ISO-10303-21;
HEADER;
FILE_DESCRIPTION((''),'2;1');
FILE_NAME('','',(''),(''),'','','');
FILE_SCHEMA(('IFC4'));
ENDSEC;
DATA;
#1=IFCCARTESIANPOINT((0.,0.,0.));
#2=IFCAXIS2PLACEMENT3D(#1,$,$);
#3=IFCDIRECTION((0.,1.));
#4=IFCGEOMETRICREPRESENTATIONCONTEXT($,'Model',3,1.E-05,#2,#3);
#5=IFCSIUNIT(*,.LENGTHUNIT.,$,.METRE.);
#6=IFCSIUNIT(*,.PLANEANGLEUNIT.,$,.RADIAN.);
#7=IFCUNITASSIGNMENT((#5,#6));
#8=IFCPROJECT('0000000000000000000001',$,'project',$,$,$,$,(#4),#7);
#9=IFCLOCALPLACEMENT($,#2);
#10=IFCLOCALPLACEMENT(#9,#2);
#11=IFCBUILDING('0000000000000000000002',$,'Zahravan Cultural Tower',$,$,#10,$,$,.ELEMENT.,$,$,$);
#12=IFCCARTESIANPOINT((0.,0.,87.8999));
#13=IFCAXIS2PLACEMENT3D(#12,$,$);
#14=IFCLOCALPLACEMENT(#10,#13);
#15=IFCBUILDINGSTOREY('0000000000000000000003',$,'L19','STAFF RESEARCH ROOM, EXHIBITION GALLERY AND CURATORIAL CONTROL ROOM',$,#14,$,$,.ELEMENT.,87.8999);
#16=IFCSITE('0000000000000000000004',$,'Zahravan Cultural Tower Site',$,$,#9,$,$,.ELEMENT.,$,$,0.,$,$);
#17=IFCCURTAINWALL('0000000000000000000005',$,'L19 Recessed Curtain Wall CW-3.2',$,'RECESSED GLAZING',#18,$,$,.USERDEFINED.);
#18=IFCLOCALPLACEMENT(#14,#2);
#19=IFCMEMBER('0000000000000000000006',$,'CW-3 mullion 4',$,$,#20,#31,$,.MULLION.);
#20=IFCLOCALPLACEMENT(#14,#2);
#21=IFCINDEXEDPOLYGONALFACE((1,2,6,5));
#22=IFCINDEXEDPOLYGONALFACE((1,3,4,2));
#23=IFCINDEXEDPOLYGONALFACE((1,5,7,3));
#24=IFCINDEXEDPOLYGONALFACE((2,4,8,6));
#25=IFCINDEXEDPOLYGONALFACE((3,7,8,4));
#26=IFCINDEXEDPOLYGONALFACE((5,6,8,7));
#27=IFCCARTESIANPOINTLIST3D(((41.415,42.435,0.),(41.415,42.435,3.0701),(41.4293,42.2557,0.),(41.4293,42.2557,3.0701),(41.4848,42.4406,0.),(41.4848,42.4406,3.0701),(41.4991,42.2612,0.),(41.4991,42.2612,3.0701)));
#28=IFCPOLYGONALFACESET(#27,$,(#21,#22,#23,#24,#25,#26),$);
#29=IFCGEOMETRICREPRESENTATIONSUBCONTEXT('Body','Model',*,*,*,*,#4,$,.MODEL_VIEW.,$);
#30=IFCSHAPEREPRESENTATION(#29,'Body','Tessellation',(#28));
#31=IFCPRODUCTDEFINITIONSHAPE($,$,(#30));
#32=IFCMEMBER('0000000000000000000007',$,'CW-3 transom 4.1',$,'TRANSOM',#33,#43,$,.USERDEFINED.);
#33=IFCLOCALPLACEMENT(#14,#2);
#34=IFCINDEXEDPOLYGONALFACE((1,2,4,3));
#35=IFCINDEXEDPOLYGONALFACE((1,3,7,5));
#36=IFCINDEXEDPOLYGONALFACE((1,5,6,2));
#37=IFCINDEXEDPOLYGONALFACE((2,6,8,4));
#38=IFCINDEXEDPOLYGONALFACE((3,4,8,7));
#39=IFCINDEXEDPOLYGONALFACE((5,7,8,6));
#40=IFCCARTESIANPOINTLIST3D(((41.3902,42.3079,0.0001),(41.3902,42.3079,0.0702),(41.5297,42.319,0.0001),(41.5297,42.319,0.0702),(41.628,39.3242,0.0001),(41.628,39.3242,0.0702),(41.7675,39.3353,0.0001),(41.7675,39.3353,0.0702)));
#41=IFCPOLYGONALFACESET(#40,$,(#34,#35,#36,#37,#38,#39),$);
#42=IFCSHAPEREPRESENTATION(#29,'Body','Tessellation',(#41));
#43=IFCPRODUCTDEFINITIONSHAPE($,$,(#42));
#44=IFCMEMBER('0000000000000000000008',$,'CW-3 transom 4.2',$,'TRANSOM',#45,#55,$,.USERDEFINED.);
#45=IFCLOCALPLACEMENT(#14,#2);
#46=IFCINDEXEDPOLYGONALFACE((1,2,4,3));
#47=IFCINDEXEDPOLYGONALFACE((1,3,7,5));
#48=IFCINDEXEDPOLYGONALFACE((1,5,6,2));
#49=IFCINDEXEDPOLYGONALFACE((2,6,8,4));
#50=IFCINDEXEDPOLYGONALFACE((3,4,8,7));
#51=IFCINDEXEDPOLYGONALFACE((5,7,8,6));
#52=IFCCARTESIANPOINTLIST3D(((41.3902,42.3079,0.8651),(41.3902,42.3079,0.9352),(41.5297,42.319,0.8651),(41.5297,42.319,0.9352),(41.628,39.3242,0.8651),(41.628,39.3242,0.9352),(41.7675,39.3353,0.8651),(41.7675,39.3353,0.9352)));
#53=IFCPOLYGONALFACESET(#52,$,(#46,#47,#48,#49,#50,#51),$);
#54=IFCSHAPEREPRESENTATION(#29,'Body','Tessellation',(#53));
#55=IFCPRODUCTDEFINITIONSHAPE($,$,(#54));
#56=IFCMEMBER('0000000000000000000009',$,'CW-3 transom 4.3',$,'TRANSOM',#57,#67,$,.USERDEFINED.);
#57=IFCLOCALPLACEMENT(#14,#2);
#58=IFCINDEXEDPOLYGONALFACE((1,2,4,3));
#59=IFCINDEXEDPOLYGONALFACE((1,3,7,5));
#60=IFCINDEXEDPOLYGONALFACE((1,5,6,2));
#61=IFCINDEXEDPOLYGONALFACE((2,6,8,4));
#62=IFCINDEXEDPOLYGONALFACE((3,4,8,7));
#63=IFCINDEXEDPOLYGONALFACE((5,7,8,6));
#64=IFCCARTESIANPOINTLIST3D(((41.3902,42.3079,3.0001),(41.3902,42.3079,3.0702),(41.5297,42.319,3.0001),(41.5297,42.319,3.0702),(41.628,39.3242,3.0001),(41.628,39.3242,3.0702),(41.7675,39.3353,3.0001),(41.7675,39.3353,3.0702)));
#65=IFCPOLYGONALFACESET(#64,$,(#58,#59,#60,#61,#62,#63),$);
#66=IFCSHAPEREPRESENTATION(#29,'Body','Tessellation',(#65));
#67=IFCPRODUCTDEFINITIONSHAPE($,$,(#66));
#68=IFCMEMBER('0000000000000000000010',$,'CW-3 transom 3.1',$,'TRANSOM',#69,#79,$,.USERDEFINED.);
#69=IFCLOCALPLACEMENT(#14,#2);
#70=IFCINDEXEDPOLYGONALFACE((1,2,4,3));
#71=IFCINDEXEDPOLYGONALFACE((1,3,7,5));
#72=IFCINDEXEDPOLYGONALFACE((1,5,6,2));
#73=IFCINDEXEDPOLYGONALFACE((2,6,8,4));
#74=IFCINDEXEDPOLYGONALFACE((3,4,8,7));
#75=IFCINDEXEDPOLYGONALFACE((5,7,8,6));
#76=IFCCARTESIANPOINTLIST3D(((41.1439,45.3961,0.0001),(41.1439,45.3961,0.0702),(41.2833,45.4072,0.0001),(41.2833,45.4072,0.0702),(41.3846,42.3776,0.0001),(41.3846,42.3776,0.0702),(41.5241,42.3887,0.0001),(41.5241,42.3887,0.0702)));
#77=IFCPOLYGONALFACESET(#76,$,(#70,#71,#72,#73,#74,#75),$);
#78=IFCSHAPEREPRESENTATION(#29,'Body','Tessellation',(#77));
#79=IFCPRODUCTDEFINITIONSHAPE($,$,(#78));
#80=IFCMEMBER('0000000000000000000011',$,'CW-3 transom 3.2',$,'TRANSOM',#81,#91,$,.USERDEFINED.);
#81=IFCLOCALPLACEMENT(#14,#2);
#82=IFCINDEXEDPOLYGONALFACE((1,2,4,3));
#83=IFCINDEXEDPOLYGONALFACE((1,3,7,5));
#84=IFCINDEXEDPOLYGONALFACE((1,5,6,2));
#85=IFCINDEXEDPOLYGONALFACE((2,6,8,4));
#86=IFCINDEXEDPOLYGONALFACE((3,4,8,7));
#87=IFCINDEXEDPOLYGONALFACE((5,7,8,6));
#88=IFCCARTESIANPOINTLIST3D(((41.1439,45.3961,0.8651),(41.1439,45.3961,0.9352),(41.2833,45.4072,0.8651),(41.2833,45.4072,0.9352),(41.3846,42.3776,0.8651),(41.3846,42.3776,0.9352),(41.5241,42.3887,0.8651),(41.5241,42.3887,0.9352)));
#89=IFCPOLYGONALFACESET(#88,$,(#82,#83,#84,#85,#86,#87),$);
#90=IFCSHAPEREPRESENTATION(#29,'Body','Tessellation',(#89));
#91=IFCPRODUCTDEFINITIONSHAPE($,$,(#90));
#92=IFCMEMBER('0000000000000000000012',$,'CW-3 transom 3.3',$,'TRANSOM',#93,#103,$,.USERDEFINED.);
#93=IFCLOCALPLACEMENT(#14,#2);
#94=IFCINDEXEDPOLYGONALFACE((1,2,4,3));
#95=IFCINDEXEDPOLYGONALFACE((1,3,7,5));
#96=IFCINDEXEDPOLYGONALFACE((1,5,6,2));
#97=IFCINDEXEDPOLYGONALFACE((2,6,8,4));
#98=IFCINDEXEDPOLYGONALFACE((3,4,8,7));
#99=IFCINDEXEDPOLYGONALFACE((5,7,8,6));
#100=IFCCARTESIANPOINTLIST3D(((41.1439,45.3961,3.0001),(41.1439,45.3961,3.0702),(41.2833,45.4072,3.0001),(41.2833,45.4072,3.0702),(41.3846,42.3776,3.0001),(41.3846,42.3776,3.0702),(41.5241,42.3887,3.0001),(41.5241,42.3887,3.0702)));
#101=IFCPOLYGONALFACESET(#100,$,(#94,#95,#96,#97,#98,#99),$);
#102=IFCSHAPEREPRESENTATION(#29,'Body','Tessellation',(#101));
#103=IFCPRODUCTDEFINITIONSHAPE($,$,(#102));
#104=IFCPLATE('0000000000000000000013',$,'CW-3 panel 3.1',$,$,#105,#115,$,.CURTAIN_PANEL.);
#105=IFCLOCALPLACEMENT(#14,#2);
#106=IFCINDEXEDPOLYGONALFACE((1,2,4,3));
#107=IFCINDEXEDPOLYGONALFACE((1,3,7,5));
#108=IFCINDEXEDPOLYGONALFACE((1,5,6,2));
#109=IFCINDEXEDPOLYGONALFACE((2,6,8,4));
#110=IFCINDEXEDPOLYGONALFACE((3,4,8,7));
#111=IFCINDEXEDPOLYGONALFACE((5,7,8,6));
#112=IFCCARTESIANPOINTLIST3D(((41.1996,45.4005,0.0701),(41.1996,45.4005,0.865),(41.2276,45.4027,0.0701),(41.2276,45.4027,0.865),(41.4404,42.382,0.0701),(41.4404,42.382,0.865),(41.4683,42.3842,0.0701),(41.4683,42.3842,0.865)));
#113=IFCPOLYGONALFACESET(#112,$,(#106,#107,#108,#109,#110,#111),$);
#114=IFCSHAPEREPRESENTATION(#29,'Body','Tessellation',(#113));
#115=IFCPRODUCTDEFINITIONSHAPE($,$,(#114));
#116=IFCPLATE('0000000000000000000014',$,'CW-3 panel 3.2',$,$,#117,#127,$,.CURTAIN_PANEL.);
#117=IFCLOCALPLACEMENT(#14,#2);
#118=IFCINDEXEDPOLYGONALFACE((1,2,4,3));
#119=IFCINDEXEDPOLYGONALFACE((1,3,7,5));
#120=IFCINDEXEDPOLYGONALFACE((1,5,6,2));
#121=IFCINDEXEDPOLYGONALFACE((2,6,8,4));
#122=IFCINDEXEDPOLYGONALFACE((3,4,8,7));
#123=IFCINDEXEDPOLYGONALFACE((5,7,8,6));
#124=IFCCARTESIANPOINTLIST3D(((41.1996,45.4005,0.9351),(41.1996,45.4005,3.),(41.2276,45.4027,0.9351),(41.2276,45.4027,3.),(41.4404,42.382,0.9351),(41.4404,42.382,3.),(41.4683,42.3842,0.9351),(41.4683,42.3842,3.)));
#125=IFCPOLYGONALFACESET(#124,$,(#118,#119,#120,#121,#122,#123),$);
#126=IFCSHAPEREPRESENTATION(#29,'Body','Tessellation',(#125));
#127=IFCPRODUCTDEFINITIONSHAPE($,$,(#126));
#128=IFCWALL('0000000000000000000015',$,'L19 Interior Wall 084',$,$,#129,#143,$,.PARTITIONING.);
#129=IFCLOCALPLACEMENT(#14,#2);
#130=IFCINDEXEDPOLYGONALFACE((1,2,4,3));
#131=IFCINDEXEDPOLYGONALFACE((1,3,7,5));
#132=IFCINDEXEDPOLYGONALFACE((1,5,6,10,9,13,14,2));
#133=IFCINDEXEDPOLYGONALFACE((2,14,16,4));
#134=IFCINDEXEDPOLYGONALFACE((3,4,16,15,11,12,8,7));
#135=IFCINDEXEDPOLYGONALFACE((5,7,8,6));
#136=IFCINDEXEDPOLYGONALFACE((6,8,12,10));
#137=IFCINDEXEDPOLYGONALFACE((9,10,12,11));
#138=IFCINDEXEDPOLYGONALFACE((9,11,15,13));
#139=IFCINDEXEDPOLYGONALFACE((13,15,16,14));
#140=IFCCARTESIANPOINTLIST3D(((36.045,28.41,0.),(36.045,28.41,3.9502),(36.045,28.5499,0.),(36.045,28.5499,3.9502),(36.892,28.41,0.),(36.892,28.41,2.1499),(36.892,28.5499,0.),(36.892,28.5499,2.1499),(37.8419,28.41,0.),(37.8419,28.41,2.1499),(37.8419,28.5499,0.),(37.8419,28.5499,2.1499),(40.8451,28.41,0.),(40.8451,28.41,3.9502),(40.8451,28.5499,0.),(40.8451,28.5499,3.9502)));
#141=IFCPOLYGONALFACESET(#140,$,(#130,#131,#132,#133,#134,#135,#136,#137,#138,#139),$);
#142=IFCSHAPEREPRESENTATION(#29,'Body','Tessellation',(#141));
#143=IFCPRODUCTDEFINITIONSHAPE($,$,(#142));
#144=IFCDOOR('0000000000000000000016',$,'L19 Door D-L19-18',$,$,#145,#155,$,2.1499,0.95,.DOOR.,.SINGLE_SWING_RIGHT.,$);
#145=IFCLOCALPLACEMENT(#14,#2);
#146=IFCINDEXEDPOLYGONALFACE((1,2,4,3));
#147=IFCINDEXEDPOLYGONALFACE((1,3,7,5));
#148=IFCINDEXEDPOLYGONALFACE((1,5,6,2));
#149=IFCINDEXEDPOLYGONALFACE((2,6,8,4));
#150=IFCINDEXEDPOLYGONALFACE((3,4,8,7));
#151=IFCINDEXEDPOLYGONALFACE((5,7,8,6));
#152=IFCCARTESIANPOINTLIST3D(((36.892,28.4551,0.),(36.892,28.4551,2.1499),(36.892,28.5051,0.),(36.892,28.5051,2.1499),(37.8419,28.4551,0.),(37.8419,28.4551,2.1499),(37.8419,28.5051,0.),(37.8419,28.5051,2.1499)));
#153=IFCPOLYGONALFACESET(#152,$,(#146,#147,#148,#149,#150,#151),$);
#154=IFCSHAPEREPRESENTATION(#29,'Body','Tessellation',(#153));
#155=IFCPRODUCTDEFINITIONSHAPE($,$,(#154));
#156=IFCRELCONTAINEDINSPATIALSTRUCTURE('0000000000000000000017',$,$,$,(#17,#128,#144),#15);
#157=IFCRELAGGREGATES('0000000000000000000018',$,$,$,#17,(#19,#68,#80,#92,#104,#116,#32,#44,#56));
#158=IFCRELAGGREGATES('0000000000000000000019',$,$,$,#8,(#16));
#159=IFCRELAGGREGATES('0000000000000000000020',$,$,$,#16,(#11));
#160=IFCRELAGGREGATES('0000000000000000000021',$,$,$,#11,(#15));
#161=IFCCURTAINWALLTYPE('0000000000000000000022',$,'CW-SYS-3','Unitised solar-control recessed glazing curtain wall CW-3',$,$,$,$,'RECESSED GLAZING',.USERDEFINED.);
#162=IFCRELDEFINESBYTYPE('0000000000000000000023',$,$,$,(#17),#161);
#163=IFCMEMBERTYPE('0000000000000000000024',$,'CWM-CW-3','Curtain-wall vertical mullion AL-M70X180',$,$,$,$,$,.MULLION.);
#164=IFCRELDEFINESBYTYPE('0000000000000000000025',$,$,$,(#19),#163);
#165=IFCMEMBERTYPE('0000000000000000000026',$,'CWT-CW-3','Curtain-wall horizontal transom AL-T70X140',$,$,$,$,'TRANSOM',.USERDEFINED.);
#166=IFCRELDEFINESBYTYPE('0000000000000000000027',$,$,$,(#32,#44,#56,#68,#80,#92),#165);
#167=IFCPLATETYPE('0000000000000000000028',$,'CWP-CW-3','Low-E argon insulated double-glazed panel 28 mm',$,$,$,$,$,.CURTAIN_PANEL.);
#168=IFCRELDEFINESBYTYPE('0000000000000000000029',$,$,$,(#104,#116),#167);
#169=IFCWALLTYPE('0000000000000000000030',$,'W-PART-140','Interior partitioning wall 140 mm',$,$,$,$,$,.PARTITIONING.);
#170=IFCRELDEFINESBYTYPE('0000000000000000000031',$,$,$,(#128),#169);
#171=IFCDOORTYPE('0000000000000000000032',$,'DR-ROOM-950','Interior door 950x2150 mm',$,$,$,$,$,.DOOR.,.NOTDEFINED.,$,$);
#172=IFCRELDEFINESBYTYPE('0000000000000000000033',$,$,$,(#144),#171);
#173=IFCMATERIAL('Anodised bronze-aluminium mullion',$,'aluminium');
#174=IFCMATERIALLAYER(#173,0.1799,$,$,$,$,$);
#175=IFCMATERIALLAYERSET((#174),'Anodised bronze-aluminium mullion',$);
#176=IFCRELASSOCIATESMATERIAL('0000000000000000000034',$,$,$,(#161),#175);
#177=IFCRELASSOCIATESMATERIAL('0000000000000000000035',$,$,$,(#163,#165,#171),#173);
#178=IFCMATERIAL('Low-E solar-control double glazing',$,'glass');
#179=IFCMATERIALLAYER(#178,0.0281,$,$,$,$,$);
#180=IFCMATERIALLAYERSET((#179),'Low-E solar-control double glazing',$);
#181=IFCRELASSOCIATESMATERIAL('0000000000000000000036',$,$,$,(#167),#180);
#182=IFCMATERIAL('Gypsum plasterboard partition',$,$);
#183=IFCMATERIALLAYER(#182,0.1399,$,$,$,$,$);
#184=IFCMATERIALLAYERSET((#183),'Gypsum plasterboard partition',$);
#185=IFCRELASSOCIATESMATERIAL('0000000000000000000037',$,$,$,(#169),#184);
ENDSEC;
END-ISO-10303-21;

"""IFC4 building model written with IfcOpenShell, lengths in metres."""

from ifc_helpers import new_model, si_unit, direction, frame, frame_2d, origin, origin_2d, place, context, subcontext, project, spatial, rectangle, extrude, source, transform, mapped, material, layer, layer_set, material_profile, profile_set, type_object, element, fill, aggregate, save


model = new_model("IFC4")

# Units and contexts
model_context = context("Model", 3, precision=1e-05, world=origin(), true_north=direction((0.0, 1.0)))
body_context = subcontext(model_context, "Body", "Model", "MODEL_VIEW")
ifc_project = project(units=[si_unit("LENGTHUNIT", "METRE"), si_unit("PLANEANGLEUNIT", "RADIAN")], contexts=[model_context])

# Site, building, storey
site_placement = place(None, origin())
site = spatial("IfcSite", under=ifc_project, at=site_placement, Name="Zahravan Cultural Tower Site", CompositionType="ELEMENT", RefElevation=0.0)
building_placement = place(site_placement, origin())
building = spatial("IfcBuilding", under=site, at=building_placement, Name="Zahravan Cultural Tower", CompositionType="ELEMENT")
storey_placement = place(building_placement, frame((0.0, 0.0, 87.8999)))
storey = spatial("IfcBuildingStorey", under=building, at=storey_placement, Name="L19", Description="STAFF RESEARCH ROOM, EXHIBITION GALLERY AND CURATORIAL CONTROL ROOM", CompositionType="ELEMENT", Elevation=87.8999)

# Curtain wall, members, plates
ifc_material_1 = material(Name="Anodised bronze-aluminium mullion", Category="aluminium")
ifc_layer_1 = layer(ifc_material_1, 0.1799)
ifc_layer_set_1 = layer_set([ifc_layer_1], Name="Anodised bronze-aluminium mullion")
curtain_wall_type = type_object("IfcCurtainWallType", Name="CW-SYS-3", Description="Unitised solar-control recessed glazing curtain wall CW-3", ElementType="RECESSED GLAZING", PredefinedType="USERDEFINED", material=ifc_layer_set_1)
curtain_wall_placement = place(storey_placement, origin())
curtain_wall = element("IfcCurtainWall", 1, at=curtain_wall_placement, inside=storey, type_object=curtain_wall_type, Name="L19 Recessed Curtain Wall CW-3.2", ObjectType="RECESSED GLAZING", PredefinedType="USERDEFINED")
ifc_material_profile_1 = material_profile(ifc_material_1, rectangle(XDim=0.0701, YDim=0.1799, at=origin_2d()), Name="AL-M70X180")
ifc_profile_set_1 = profile_set([ifc_material_profile_1], Name="Anodised bronze-aluminium mullion")
member_type_1 = type_object("IfcMemberType", Name="CWM-CW-3", Description="Curtain-wall vertical mullion AL-M70X180", PredefinedType="MULLION", material=ifc_profile_set_1)
shared_shape_1 = source(origin(), body_context, "Body", "SweptSolid", [
    extrude(rectangle(XDim=0.0701, YDim=0.1799, at=origin_2d()), origin(), (0.0, 0.0, 1.0), 3.0701),
])
member_1_placement = place(storey_placement, frame((41.457, 42.3481, 0.0), z_axis=(0.0, 0.0, 1.0), x_axis=(0.996835, 0.079501, 0.0)))
member_1 = element("IfcMember", 2, at=member_1_placement, type_object=member_type_1, Name="CW-3 mullion 4", PredefinedType="MULLION", context=body_context, shape_type="MappedRepresentation", body=[
    mapped(shared_shape_1, transform((0.0, 0.0, 0.0), x_axis=(1.0, 0.0, 0.0), y_axis=(0.0, 1.0, 0.0), z_axis=(0.0, 0.0, 1.0), scale=1.0)),
])
ifc_material_profile_2 = material_profile(ifc_material_1, rectangle(XDim=0.1399, YDim=0.0701, at=origin_2d()), Name="AL-T70X140")
ifc_profile_set_2 = profile_set([ifc_material_profile_2], Name="Anodised bronze-aluminium mullion")
member_type_2 = type_object("IfcMemberType", Name="CWT-CW-3", Description="Curtain-wall horizontal transom AL-T70X140", ElementType="TRANSOM", PredefinedType="USERDEFINED", material=ifc_profile_set_2)
shared_shape_2 = source(origin(), body_context, "Body", "SweptSolid", [
    extrude(rectangle(XDim=0.1399, YDim=0.0701, at=origin_2d()), origin(), (0.0, 0.0, 1.0), 2.9932),
])
member_2_placement = place(storey_placement, frame((41.46, 42.3135, 0.0352), z_axis=(0.079447, -0.996839, 0.0), x_axis=(0.996839, 0.079447, 0.0)))
member_2 = element("IfcMember", 3, at=member_2_placement, type_object=member_type_2, Name="CW-3 transom 4.1", ObjectType="TRANSOM", PredefinedType="USERDEFINED", context=body_context, shape_type="MappedRepresentation", body=[
    mapped(shared_shape_2, transform((0.0, 0.0, 0.0), x_axis=(1.0, 0.0, 0.0), y_axis=(0.0, 1.0, 0.0), z_axis=(0.0, 0.0, 1.0), scale=1.0)),
])
member_3_placement = place(storey_placement, frame((41.46, 42.3135, 0.9001), z_axis=(0.079447, -0.996839, 0.0), x_axis=(0.996839, 0.079447, 0.0)))
member_3 = element("IfcMember", 4, at=member_3_placement, type_object=member_type_2, Name="CW-3 transom 4.2", ObjectType="TRANSOM", PredefinedType="USERDEFINED", context=body_context, shape_type="MappedRepresentation", body=[
    mapped(shared_shape_2, transform((0.0, 0.0, 0.0), x_axis=(1.0, 0.0, 0.0), y_axis=(0.0, 1.0, 0.0), z_axis=(0.0, 0.0, 1.0), scale=1.0)),
])
member_4_placement = place(storey_placement, frame((41.46, 42.3135, 3.0352), z_axis=(0.079447, -0.996839, 0.0), x_axis=(0.996839, 0.079447, 0.0)))
member_4 = element("IfcMember", 5, at=member_4_placement, type_object=member_type_2, Name="CW-3 transom 4.3", ObjectType="TRANSOM", PredefinedType="USERDEFINED", context=body_context, shape_type="MappedRepresentation", body=[
    mapped(shared_shape_2, transform((0.0, 0.0, 0.0), x_axis=(1.0, 0.0, 0.0), y_axis=(0.0, 1.0, 0.0), z_axis=(0.0, 0.0, 1.0), scale=1.0)),
])
shared_shape_3 = source(origin(), body_context, "Body", "SweptSolid", [
    extrude(rectangle(XDim=0.1399, YDim=0.0701, at=origin_2d()), origin(), (0.0, 0.0, 1.0), 3.0281),
])
member_5_placement = place(storey_placement, frame((41.2136, 45.4016, 0.0352), z_axis=(0.079495, -0.996835, 0.0), x_axis=(0.996835, 0.079495, 0.0)))
member_5 = element("IfcMember", 6, at=member_5_placement, type_object=member_type_2, Name="CW-3 transom 3.1", ObjectType="TRANSOM", PredefinedType="USERDEFINED", context=body_context, shape_type="MappedRepresentation", body=[
    mapped(shared_shape_3, transform((0.0, 0.0, 0.0), x_axis=(1.0, 0.0, 0.0), y_axis=(0.0, 1.0, 0.0), z_axis=(0.0, 0.0, 1.0), scale=1.0)),
])
member_6_placement = place(storey_placement, frame((41.2136, 45.4016, 0.9001), z_axis=(0.079495, -0.996835, 0.0), x_axis=(0.996835, 0.079495, 0.0)))
member_6 = element("IfcMember", 7, at=member_6_placement, type_object=member_type_2, Name="CW-3 transom 3.2", ObjectType="TRANSOM", PredefinedType="USERDEFINED", context=body_context, shape_type="MappedRepresentation", body=[
    mapped(shared_shape_3, transform((0.0, 0.0, 0.0), x_axis=(1.0, 0.0, 0.0), y_axis=(0.0, 1.0, 0.0), z_axis=(0.0, 0.0, 1.0), scale=1.0)),
])
member_7_placement = place(storey_placement, frame((41.2136, 45.4016, 3.0352), z_axis=(0.079495, -0.996835, 0.0), x_axis=(0.996835, 0.079495, 0.0)))
member_7 = element("IfcMember", 8, at=member_7_placement, type_object=member_type_2, Name="CW-3 transom 3.3", ObjectType="TRANSOM", PredefinedType="USERDEFINED", context=body_context, shape_type="MappedRepresentation", body=[
    mapped(shared_shape_3, transform((0.0, 0.0, 0.0), x_axis=(1.0, 0.0, 0.0), y_axis=(0.0, 1.0, 0.0), z_axis=(0.0, 0.0, 1.0), scale=1.0)),
])
ifc_material_2 = material(Name="Low-E solar-control double glazing", Category="glass")
ifc_layer_2 = layer(ifc_material_2, 0.0281)
ifc_layer_set_2 = layer_set([ifc_layer_2], Name="Low-E solar-control double glazing")
plate_type = type_object("IfcPlateType", Name="CWP-CW-3", Description="Low-E argon insulated double-glazed panel 28 mm", PredefinedType="CURTAIN_PANEL", material=ifc_layer_set_2)
shared_shape_4 = source(origin(), body_context, "Body", "SweptSolid", [
    extrude(rectangle(XDim=3.0281, YDim=0.0281, at=origin_2d()), origin(), (0.0, 0.0, 1.0), 0.7949),
])
plate_1_placement = place(storey_placement, frame((41.334, 43.8923, 0.0701), z_axis=(0.0, 0.0, 1.0), x_axis=(0.079501, -0.996835, 0.0)))
plate_1 = element("IfcPlate", 9, at=plate_1_placement, type_object=plate_type, Name="CW-3 panel 3.1", PredefinedType="CURTAIN_PANEL", context=body_context, shape_type="MappedRepresentation", body=[
    mapped(shared_shape_4, transform((0.0, 0.0, 0.0), x_axis=(1.0, 0.0, 0.0), y_axis=(0.0, 1.0, 0.0), z_axis=(0.0, 0.0, 1.0), scale=1.0)),
])
shared_shape_5 = source(origin(), body_context, "Body", "SweptSolid", [
    extrude(rectangle(XDim=3.0281, YDim=0.0281, at=origin_2d()), origin(), (0.0, 0.0, 1.0), 2.0649),
])
plate_2_placement = place(storey_placement, frame((41.334, 43.8923, 0.9351), z_axis=(0.0, 0.0, 1.0), x_axis=(0.079501, -0.996835, 0.0)))
plate_2 = element("IfcPlate", 10, at=plate_2_placement, type_object=plate_type, Name="CW-3 panel 3.2", PredefinedType="CURTAIN_PANEL", context=body_context, shape_type="MappedRepresentation", body=[
    mapped(shared_shape_5, transform((0.0, 0.0, 0.0), x_axis=(1.0, 0.0, 0.0), y_axis=(0.0, 1.0, 0.0), z_axis=(0.0, 0.0, 1.0), scale=1.0)),
])
aggregate(curtain_wall, [member_1, member_5, member_6, member_7, plate_1, plate_2, member_2, member_3, member_4])

# Wall, opening, door
ifc_material_3 = material(Name="Gypsum plasterboard partition")
ifc_layer_3 = layer(ifc_material_3, 0.1399)
ifc_layer_set_3 = layer_set([ifc_layer_3], Name="Gypsum plasterboard partition")
wall_type_1 = type_object("IfcWallType", Name="W-PART-140", Description="Interior partitioning wall 140 mm", PredefinedType="PARTITIONING", material=ifc_layer_set_3)
wall_1_placement = place(storey_placement, frame((40.845, 28.48, 0.0), z_axis=(0.0, 0.0, 1.0), x_axis=(-1.0, 0.0, 0.0)))
wall_1 = element("IfcWall", 11, at=wall_1_placement, inside=storey, type_object=wall_type_1, Name="L19 Interior Wall 084", PredefinedType="PARTITIONING", context=body_context, shape_type="SweptSolid", body=[
    extrude(rectangle(XDim=4.8, YDim=0.1399, at=frame_2d((2.3999, 0.0))), origin(), (0.0, 0.0, 1.0), 3.9502),
])
opening_1_placement = place(wall_1_placement, frame((3.0029, 0.0, 0.0)))
opening_1 = element("IfcOpeningElement", 12, at=opening_1_placement, cuts=wall_1, PredefinedType="OPENING", context=body_context, shape_type="SweptSolid", body=[
    extrude(rectangle(XDim=0.95, YDim=2.1499, at=frame_2d((0.4751, 1.075))), frame((0.0, 0.0798, 0.0), z_axis=(0.0, -1.0, 0.0), x_axis=(1.0, 0.0, 0.0)), (0.0, 0.0, 1.0), 0.1599),
])
door_type_1 = type_object("IfcDoorType", Name="DR-ROOM-950", Description="Interior door 950x2150 mm", OperationType="NOTDEFINED", PredefinedType="DOOR", material=ifc_material_1)
shared_shape_6 = source(origin(), body_context, "Body", "SweptSolid", [
    extrude(rectangle(XDim=0.95, YDim=2.1499, at=frame_2d((0.4751, 1.075))), frame((0.0, 0.0249, 0.0), z_axis=(0.0, -1.0, 0.0), x_axis=(1.0, 0.0, 0.0)), (0.0, 0.0, 1.0), 0.05),
])
door_1_placement = place(opening_1_placement, origin())
door_1 = element("IfcDoor", 13, at=door_1_placement, inside=storey, type_object=door_type_1, Name="L19 Door D-L19-18", OperationType="SINGLE_SWING_RIGHT", OverallHeight=2.1499, OverallWidth=0.95, PredefinedType="DOOR", context=body_context, shape_type="MappedRepresentation", body=[
    mapped(shared_shape_6, transform((0.0, 0.0, 0.0), x_axis=(1.0, 0.0, 0.0), y_axis=(0.0, 1.0, 0.0), z_axis=(0.0, 0.0, 1.0), scale=1.0)),
])
fill(opening_1, door_1)

save(model, "model.ifc")
